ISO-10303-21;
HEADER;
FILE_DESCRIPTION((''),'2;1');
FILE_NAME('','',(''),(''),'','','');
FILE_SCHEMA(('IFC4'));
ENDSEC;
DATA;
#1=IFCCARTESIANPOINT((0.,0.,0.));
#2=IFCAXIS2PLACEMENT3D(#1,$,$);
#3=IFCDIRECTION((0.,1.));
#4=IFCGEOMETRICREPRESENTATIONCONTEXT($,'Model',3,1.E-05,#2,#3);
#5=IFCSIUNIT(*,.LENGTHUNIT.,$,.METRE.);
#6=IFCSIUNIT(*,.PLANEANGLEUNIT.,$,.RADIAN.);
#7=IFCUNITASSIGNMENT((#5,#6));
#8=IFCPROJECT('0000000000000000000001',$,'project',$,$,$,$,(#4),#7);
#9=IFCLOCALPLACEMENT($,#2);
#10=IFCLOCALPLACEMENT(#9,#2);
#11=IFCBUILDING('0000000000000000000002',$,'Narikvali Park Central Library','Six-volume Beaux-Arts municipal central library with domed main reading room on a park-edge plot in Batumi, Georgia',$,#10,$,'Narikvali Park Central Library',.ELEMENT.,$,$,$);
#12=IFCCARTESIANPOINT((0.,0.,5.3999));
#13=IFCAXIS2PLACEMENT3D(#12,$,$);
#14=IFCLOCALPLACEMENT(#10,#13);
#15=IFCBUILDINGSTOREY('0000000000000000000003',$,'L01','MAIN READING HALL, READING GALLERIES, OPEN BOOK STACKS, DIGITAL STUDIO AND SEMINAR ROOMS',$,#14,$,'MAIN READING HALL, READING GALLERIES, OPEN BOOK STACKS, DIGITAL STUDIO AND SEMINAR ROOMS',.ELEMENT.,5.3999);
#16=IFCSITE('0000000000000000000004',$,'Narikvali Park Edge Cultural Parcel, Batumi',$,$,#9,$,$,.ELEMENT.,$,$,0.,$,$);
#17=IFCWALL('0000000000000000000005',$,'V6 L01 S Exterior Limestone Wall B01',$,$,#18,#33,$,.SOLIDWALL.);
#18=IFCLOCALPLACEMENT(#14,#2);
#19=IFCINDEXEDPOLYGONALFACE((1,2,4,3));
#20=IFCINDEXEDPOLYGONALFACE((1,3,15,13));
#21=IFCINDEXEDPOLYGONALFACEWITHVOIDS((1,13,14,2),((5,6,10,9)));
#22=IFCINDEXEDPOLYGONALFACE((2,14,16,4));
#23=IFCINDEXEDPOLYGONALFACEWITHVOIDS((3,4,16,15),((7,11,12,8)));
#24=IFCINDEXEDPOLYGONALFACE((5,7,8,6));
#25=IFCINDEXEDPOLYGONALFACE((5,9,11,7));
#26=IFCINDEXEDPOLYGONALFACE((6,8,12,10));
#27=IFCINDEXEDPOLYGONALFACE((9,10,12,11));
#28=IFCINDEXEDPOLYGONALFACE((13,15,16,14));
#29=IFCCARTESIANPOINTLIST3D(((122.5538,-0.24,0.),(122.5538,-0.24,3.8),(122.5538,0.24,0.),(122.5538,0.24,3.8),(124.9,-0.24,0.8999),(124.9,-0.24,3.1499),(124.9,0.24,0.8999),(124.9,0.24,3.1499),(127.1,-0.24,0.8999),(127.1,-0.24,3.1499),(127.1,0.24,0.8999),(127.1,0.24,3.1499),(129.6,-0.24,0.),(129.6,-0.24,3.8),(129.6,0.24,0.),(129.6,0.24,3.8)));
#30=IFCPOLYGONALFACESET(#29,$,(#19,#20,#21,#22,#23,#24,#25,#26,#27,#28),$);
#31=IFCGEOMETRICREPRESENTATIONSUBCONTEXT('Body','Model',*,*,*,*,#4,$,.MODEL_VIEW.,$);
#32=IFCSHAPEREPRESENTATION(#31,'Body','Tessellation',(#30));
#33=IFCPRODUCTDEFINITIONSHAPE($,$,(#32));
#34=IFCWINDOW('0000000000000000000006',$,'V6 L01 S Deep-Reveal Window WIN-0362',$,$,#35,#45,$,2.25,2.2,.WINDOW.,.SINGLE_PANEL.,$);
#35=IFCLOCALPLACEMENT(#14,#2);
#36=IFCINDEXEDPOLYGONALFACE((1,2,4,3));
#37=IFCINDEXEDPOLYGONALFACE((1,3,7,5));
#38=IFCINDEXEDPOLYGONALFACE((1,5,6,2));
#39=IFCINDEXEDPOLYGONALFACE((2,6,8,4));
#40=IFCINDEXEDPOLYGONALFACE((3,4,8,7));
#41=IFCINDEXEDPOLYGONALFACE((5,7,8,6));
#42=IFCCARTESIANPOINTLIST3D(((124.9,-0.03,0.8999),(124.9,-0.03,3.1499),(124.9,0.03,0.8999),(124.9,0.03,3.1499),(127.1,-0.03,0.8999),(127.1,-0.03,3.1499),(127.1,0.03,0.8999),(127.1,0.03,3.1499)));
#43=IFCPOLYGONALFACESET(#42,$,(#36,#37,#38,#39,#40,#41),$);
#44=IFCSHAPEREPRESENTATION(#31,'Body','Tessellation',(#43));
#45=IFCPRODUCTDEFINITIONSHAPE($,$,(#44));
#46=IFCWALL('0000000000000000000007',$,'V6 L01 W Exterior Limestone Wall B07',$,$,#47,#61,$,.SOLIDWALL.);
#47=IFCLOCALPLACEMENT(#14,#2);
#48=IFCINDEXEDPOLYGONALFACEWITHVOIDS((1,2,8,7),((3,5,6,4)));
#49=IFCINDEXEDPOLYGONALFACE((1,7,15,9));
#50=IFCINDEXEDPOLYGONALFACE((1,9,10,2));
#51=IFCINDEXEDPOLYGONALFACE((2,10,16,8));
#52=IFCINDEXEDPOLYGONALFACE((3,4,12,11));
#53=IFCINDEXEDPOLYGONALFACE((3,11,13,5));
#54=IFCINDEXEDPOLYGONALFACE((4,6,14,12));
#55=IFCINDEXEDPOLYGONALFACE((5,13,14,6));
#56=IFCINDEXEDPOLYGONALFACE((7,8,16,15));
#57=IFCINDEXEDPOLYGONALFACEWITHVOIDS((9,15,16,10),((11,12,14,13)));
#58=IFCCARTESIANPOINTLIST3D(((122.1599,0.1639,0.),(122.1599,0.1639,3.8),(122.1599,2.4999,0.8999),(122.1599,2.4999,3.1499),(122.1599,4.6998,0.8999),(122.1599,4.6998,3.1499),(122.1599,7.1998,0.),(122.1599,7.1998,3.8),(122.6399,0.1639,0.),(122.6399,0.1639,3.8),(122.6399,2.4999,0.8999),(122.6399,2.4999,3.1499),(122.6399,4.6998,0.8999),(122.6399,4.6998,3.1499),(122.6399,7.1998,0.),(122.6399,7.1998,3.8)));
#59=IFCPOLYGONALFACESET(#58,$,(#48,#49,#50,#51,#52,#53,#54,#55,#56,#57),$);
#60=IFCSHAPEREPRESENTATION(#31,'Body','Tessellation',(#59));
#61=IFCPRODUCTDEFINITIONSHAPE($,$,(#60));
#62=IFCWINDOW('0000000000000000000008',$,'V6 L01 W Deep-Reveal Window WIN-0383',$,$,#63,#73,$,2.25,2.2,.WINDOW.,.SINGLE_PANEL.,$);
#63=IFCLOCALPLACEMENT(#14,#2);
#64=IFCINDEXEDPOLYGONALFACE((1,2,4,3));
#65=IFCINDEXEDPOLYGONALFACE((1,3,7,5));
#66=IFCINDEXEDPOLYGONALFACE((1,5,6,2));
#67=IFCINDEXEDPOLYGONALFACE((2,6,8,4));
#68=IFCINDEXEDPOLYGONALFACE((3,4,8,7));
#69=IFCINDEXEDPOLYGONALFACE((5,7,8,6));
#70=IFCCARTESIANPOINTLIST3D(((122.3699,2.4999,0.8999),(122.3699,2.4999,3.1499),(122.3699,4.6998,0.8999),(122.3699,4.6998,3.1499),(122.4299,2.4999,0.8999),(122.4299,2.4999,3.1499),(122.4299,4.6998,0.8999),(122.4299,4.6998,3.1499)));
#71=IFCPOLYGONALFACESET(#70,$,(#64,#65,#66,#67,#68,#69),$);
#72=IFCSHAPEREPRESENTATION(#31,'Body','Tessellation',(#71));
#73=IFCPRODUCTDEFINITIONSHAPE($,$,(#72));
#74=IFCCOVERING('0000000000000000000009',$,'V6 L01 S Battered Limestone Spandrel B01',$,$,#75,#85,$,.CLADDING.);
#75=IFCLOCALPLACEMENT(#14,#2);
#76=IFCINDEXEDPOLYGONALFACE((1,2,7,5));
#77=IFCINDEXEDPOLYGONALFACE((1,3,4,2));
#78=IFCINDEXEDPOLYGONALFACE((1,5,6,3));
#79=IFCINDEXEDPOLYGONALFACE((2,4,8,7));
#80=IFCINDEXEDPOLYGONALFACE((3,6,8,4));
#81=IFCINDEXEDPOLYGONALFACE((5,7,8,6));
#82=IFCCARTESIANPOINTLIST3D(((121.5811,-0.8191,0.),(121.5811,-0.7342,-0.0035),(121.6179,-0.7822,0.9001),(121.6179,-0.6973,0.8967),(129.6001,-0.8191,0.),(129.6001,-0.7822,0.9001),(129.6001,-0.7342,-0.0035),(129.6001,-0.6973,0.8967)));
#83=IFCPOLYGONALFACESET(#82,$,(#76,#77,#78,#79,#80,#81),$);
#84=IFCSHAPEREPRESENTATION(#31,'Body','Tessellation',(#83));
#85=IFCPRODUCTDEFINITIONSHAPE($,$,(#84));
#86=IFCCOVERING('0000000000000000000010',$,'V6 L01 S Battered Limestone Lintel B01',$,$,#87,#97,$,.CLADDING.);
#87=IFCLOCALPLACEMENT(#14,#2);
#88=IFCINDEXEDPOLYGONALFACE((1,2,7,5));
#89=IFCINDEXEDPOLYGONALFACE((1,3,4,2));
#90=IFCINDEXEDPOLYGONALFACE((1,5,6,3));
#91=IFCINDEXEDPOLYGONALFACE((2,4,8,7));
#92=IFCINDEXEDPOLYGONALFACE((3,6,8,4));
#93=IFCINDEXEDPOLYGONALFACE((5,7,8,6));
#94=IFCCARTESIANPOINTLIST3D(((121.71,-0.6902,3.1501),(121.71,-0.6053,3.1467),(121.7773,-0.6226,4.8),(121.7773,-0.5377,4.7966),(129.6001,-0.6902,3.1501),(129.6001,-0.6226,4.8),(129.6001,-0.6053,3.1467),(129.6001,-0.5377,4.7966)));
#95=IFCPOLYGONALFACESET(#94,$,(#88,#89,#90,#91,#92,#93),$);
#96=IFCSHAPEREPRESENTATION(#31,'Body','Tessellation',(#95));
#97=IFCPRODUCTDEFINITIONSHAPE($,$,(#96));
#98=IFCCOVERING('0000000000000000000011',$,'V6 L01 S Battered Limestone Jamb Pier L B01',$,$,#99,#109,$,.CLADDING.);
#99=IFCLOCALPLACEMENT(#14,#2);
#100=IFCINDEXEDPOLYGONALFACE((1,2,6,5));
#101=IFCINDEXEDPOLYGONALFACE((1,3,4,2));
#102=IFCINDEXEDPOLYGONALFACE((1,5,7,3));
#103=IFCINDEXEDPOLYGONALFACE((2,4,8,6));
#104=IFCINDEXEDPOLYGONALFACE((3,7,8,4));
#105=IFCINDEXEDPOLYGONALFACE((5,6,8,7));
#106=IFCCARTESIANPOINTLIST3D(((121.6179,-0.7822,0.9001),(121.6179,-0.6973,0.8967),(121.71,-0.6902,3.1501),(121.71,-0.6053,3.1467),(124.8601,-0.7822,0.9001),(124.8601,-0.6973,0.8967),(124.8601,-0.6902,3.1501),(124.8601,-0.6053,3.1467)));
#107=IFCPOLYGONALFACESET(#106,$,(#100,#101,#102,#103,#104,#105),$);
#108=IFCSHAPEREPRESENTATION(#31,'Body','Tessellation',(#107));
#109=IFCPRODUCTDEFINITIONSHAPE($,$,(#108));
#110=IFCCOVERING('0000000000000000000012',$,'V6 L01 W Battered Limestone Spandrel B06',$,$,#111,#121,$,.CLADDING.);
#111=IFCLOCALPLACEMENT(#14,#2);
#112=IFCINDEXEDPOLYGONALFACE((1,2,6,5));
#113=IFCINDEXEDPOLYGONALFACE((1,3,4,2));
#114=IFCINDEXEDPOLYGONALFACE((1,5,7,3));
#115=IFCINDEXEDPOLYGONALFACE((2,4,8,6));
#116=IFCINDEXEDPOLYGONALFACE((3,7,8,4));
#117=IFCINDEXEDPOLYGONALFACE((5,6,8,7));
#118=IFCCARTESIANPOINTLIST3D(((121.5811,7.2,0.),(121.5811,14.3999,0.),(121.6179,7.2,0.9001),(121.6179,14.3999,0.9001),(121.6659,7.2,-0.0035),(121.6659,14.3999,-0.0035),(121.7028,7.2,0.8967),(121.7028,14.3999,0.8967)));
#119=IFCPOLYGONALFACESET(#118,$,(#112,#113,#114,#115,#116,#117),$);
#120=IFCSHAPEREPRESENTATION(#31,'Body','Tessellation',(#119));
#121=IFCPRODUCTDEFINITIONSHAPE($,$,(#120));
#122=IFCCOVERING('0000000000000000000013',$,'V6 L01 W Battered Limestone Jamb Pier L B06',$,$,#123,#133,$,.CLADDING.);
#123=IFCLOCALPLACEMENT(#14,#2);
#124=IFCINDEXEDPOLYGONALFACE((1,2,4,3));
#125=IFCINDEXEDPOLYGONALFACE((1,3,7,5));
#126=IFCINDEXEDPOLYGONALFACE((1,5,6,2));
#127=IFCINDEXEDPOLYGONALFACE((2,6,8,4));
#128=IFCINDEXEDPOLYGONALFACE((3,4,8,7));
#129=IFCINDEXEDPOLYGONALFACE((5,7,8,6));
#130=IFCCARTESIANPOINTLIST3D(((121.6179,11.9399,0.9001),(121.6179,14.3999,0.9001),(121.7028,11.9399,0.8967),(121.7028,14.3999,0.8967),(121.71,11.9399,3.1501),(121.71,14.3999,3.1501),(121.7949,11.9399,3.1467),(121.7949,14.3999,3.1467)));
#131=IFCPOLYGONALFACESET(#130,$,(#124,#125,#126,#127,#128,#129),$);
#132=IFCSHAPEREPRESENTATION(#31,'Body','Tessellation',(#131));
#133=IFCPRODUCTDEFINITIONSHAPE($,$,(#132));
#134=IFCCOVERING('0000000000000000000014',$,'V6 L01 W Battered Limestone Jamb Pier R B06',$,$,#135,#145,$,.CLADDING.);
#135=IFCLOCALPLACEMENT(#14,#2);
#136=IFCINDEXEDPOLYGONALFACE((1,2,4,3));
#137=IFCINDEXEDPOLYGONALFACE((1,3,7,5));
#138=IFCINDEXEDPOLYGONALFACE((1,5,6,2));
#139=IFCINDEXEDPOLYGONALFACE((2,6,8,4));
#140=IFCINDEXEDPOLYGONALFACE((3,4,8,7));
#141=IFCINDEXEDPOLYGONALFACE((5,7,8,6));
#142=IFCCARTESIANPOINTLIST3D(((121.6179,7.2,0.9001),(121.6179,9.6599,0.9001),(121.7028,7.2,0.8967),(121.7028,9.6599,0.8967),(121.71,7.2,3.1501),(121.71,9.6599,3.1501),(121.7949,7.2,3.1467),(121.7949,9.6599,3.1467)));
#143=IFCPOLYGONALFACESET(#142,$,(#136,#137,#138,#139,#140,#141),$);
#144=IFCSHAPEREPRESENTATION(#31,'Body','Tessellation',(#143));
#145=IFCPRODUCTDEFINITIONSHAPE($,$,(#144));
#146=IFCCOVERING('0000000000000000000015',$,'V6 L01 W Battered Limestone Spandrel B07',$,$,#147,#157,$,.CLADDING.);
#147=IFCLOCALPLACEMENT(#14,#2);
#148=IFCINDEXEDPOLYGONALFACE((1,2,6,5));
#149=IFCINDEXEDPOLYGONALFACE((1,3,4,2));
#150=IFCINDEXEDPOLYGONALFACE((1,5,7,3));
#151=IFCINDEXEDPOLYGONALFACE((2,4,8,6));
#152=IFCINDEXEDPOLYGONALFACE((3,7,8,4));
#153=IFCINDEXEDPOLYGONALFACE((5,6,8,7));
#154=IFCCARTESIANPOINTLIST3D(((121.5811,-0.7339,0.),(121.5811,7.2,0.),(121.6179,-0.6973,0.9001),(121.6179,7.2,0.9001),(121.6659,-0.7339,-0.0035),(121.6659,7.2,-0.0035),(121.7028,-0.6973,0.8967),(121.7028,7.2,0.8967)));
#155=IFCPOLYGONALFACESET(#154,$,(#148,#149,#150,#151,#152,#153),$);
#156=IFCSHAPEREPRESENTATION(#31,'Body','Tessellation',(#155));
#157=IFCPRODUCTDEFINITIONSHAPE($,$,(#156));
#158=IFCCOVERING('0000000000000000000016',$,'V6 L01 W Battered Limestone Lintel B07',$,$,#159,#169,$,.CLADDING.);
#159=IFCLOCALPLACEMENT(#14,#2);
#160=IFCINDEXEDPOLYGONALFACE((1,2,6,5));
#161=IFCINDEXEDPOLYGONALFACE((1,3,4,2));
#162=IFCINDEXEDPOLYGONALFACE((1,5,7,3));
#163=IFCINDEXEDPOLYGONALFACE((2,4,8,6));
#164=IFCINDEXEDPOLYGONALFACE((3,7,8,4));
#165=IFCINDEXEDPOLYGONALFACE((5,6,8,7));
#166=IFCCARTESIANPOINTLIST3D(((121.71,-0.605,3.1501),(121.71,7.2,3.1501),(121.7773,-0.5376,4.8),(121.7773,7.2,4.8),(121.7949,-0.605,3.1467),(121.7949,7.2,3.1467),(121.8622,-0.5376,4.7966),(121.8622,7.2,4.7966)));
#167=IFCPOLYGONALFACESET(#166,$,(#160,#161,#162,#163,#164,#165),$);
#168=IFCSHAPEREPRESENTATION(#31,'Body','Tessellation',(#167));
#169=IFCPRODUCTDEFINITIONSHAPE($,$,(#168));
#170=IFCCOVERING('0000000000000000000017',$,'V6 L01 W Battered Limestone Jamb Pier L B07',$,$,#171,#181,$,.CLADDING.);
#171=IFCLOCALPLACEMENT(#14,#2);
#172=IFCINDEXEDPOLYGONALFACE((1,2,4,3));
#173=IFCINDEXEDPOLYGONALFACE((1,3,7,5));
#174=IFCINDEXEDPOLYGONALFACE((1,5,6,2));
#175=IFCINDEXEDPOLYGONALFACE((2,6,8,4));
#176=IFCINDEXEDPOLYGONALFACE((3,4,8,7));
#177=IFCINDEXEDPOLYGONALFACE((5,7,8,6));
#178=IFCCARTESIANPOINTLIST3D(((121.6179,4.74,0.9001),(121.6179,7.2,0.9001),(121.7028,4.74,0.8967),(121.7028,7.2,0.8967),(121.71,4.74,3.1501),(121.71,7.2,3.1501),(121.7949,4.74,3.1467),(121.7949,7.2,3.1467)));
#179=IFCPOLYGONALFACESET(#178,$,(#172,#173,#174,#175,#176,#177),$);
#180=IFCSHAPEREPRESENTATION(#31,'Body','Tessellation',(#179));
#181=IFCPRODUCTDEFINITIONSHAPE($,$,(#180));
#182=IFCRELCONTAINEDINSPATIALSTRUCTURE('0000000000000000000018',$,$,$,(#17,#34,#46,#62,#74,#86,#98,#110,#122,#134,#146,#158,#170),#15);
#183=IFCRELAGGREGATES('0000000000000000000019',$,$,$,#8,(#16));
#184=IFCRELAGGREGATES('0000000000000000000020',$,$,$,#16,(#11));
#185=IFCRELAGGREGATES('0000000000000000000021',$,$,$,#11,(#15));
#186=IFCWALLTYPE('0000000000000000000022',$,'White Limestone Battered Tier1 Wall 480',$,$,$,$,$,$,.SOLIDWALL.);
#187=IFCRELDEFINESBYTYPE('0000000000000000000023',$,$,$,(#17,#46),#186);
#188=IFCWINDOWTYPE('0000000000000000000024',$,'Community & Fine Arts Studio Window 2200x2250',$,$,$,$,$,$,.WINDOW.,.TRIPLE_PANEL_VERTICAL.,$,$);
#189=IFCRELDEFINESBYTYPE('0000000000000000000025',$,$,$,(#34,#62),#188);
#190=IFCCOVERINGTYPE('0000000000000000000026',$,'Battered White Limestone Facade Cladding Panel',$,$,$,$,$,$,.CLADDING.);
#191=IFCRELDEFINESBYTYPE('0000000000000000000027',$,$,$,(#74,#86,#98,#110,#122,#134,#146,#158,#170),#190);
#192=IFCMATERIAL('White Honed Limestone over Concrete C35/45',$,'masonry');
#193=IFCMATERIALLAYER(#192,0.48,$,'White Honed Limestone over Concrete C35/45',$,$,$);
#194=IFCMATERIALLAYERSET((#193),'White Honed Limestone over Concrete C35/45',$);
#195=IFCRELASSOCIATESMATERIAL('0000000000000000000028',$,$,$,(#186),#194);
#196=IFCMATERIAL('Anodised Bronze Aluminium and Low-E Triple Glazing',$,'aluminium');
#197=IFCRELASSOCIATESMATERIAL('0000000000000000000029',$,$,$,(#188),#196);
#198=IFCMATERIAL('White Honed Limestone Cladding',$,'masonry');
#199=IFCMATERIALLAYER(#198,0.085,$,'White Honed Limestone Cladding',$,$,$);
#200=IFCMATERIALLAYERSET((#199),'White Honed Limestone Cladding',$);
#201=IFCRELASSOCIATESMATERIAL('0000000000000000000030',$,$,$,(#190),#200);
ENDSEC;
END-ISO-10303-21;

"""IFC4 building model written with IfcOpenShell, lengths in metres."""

from ifc_helpers import new_model, si_unit, direction, frame, frame_2d, origin, place, context, subcontext, project, spatial, polyline, rectangle, outline, extrude, material, layer, layer_set, type_object, element, fill, save


model = new_model("IFC4")

# Units and contexts
model_context = context("Model", 3, precision=1e-05, world=origin(), true_north=direction((0.0, 1.0)))
body_context = subcontext(model_context, "Body", "Model", "MODEL_VIEW")
ifc_project = project(units=[si_unit("LENGTHUNIT", "METRE"), si_unit("PLANEANGLEUNIT", "RADIAN")], contexts=[model_context])

# Site, building, storey
site_placement = place(None, origin())
site = spatial("IfcSite", under=ifc_project, at=site_placement, Name="Narikvali Park Edge Cultural Parcel, Batumi", CompositionType="ELEMENT", RefElevation=0.0)
building_placement = place(site_placement, origin())
building = spatial("IfcBuilding", under=site, at=building_placement, Name="Narikvali Park Central Library", Description="Six-volume Beaux-Arts municipal central library with domed main reading room on a park-edge plot in Batumi, Georgia", LongName="Narikvali Park Central Library", CompositionType="ELEMENT")
storey_placement = place(building_placement, frame((0.0, 0.0, 5.3999)))
storey = spatial("IfcBuildingStorey", under=building, at=storey_placement, Name="L01", Description="MAIN READING HALL, READING GALLERIES, OPEN BOOK STACKS, DIGITAL STUDIO AND SEMINAR ROOMS", LongName="MAIN READING HALL, READING GALLERIES, OPEN BOOK STACKS, DIGITAL STUDIO AND SEMINAR ROOMS", CompositionType="ELEMENT", Elevation=5.3999)

# Walls, openings, windows
ifc_material_1 = material(Name="White Honed Limestone over Concrete C35/45", Category="masonry")
ifc_layer_1 = layer(ifc_material_1, 0.48, Name="White Honed Limestone over Concrete C35/45")
ifc_layer_set_1 = layer_set([ifc_layer_1], Name="White Honed Limestone over Concrete C35/45")
wall_type = type_object("IfcWallType", Name="White Limestone Battered Tier1 Wall 480", PredefinedType="SOLIDWALL", material=ifc_layer_set_1)
wall_1_placement = place(storey_placement, frame((122.554, 0.0, 0.0), z_axis=(0.0, 0.0, 1.0), x_axis=(1.0, 0.0, 0.0)))
wall_1 = element("IfcWall", 1, at=wall_1_placement, inside=storey, type_object=wall_type, Name="V6 L01 S Exterior Limestone Wall B01", PredefinedType="SOLIDWALL", context=body_context, shape_type="SweptSolid", body=[
    extrude(rectangle(XDim=7.0461, YDim=0.48, at=frame_2d((3.5229, 0.0))), origin(), (0.0, 0.0, 1.0), 3.8),
])
opening_1_placement = place(wall_1_placement, frame((2.3459, 0.0, 0.8999)))
opening_1 = element("IfcOpeningElement", 2, at=opening_1_placement, cuts=wall_1, PredefinedType="OPENING", context=body_context, shape_type="SweptSolid", body=[
    extrude(rectangle(XDim=2.2, YDim=2.25, at=frame_2d((1.1001, 1.125))), frame((0.0, 0.252, 0.0), z_axis=(0.0, -1.0, 0.0), x_axis=(1.0, 0.0, 0.0)), (0.0, 0.0, 1.0), 0.5039),
])
ifc_material_2 = material(Name="Anodised Bronze Aluminium and Low-E Triple Glazing", Category="aluminium")
window_type = type_object("IfcWindowType", Name="Community & Fine Arts Studio Window 2200x2250", PartitioningType="TRIPLE_PANEL_VERTICAL", PredefinedType="WINDOW", material=ifc_material_2)
window_1_placement = place(opening_1_placement, origin())
window_1 = element("IfcWindow", 3, at=window_1_placement, inside=storey, type_object=window_type, Name="V6 L01 S Deep-Reveal Window WIN-0362", OverallHeight=2.25, OverallWidth=2.2, PartitioningType="SINGLE_PANEL", PredefinedType="WINDOW", context=body_context, shape_type="SweptSolid", body=[
    extrude(rectangle(XDim=2.2, YDim=2.25, at=frame_2d((1.1001, 1.125))), frame((0.0, 0.03, 0.0), z_axis=(0.0, -1.0, 0.0), x_axis=(1.0, 0.0, 0.0)), (0.0, 0.0, 1.0), 0.0601),
])
fill(opening_1, window_1)
wall_2_placement = place(storey_placement, frame((122.3999, 7.2, 0.0), z_axis=(0.0, 0.0, 1.0), x_axis=(0.0, -1.0, 0.0)))
wall_2 = element("IfcWall", 4, at=wall_2_placement, inside=storey, type_object=wall_type, Name="V6 L01 W Exterior Limestone Wall B07", PredefinedType="SOLIDWALL", context=body_context, shape_type="SweptSolid", body=[
    extrude(rectangle(XDim=7.0359, YDim=0.48, at=frame_2d((3.5181, 0.0))), origin(), (0.0, 0.0, 1.0), 3.8),
])
opening_2_placement = place(wall_2_placement, frame((2.5, 0.0, 0.8999)))
opening_2 = element("IfcOpeningElement", 5, at=opening_2_placement, cuts=wall_2, PredefinedType="OPENING", context=body_context, shape_type="SweptSolid", body=[
    extrude(rectangle(XDim=2.2, YDim=2.25, at=frame_2d((1.1001, 1.125))), frame((0.0, 0.252, 0.0), z_axis=(0.0, -1.0, 0.0), x_axis=(1.0, 0.0, 0.0)), (0.0, 0.0, 1.0), 0.5039),
])
window_2_placement = place(opening_2_placement, origin())
window_2 = element("IfcWindow", 6, at=window_2_placement, inside=storey, type_object=window_type, Name="V6 L01 W Deep-Reveal Window WIN-0383", OverallHeight=2.25, OverallWidth=2.2, PartitioningType="SINGLE_PANEL", PredefinedType="WINDOW", context=body_context, shape_type="SweptSolid", body=[
    extrude(rectangle(XDim=2.2, YDim=2.25, at=frame_2d((1.1001, 1.125))), frame((0.0, 0.03, 0.0), z_axis=(0.0, -1.0, 0.0), x_axis=(1.0, 0.0, 0.0)), (0.0, 0.0, 1.0), 0.0601),
])
fill(opening_2, window_2)

# Coverings
ifc_material_3 = material(Name="White Honed Limestone Cladding", Category="masonry")
ifc_layer_2 = layer(ifc_material_3, 0.085, Name="White Honed Limestone Cladding")
ifc_layer_set_2 = layer_set([ifc_layer_2], Name="White Honed Limestone Cladding")
covering_type = type_object("IfcCoveringType", Name="Battered White Limestone Facade Cladding Panel", PredefinedType="CLADDING", material=ifc_layer_set_2)
covering_1_placement = place(storey_placement, frame((121.5811, -0.8191, 0.0), z_axis=(0.0, -0.999162, 0.04092), x_axis=(1.0, 0.0, 0.0)))
element("IfcCovering", 7, at=covering_1_placement, inside=storey, type_object=covering_type, Name="V6 L01 S Battered Limestone Spandrel B01", PredefinedType="CLADDING", context=body_context, shape_type="SweptSolid", body=[
    extrude(outline(polyline([(0.0, 0.0), (8.019, 0.0), (8.019, 0.9009), (0.0369, 0.9009), (0.0, 0.0)])), origin(), (0.0, 0.0, -1.0), 0.085),
])
covering_2_placement = place(storey_placement, frame((121.71, -0.6902, 3.1501), z_axis=(0.0, -0.999161, 0.040954), x_axis=(1.0, 0.0, 0.0)))
element("IfcCovering", 8, at=covering_2_placement, inside=storey, type_object=covering_type, Name="V6 L01 S Battered Limestone Lintel B01", PredefinedType="CLADDING", context=body_context, shape_type="SweptSolid", body=[
    extrude(outline(polyline([(0.0, 0.0), (7.8901, 0.0), (7.8901, 1.6513), (0.0674, 1.6513), (0.0, 0.0)])), origin(), (0.0, 0.0, -1.0), 0.085),
])
covering_3_placement = place(storey_placement, frame((121.6179, -0.7822, 0.9001), z_axis=(0.0, -0.999164, 0.040873), x_axis=(1.0, 0.0, 0.0)))
element("IfcCovering", 9, at=covering_3_placement, inside=storey, type_object=covering_type, Name="V6 L01 S Battered Limestone Jamb Pier L B01", PredefinedType="CLADDING", context=body_context, shape_type="SweptSolid", body=[
    extrude(outline(polyline([(0.0, 0.0), (3.2422, 0.0), (3.2422, 2.2519), (0.092, 2.2519), (0.0, 0.0)])), origin(), (0.0, 0.0, -1.0), 0.085),
])
covering_4_placement = place(storey_placement, frame((121.5811, 14.3999, 0.0), z_axis=(-0.999162, 0.0, 0.04092), x_axis=(0.0, -1.0, 0.0)))
element("IfcCovering", 10, at=covering_4_placement, inside=storey, type_object=covering_type, Name="V6 L01 W Battered Limestone Spandrel B06", PredefinedType="CLADDING", context=body_context, shape_type="SweptSolid", body=[
    extrude(outline(polyline([(0.0, 0.0), (7.2, 0.0), (7.2, 0.9009), (0.0, 0.9009), (0.0, 0.0)])), origin(), (0.0, 0.0, -1.0), 0.085),
])
for number, where, z_axis, x_axis, name in (
    (11, (121.6179, 14.3999, 0.9001), (-0.999164, 0.0, 0.040873), (0.0, -1.0, 0.0), "V6 L01 W Battered Limestone Jamb Pier L B06"),
    (12, (121.6179, 9.6599, 0.9001), (-0.999164, 0.0, 0.040873), (0.0, -1.0, 0.0), "V6 L01 W Battered Limestone Jamb Pier R B06"),
):
    element("IfcCovering", number, at=place(storey_placement, frame(where, z_axis=z_axis, x_axis=x_axis)), inside=storey, type_object=covering_type, Name=name, PredefinedType="CLADDING", context=body_context, shape_type="SweptSolid", body=[
        extrude(outline(polyline([(0.0, 0.0), (2.46, 0.0), (2.46, 2.2519), (0.0, 2.2519), (0.0, 0.0)])), origin(), (0.0, 0.0, -1.0), 0.085),
    ])
covering_5_placement = place(storey_placement, frame((121.5811, 7.2, 0.0), z_axis=(-0.999162, 0.0, 0.04092), x_axis=(0.0, -1.0, 0.0)))
element("IfcCovering", 13, at=covering_5_placement, inside=storey, type_object=covering_type, Name="V6 L01 W Battered Limestone Spandrel B07", PredefinedType="CLADDING", context=body_context, shape_type="SweptSolid", body=[
    extrude(outline(polyline([(0.0, 0.0), (7.9338, 0.0), (7.8972, 0.9009), (0.0, 0.9009), (0.0, 0.0)])), origin(), (0.0, 0.0, -1.0), 0.085),
])
covering_6_placement = place(storey_placement, frame((121.71, 7.2, 3.1501), z_axis=(-0.999167, 0.0, 0.040806), x_axis=(0.0, -1.0, 0.0)))
element("IfcCovering", 14, at=covering_6_placement, inside=storey, type_object=covering_type, Name="V6 L01 W Battered Limestone Lintel B07", PredefinedType="CLADDING", context=body_context, shape_type="SweptSolid", body=[
    extrude(outline(polyline([(0.0, 0.0), (7.8049, 0.0), (7.7375, 1.6513), (0.0, 1.6513), (0.0, 0.0)])), origin(), (0.0, 0.0, -1.0), 0.085),
])
covering_7_placement = place(storey_placement, frame((121.6179, 7.2, 0.9001), z_axis=(-0.999164, 0.0, 0.040873), x_axis=(0.0, -1.0, 0.0)))
element("IfcCovering", 15, at=covering_7_placement, inside=storey, type_object=covering_type, Name="V6 L01 W Battered Limestone Jamb Pier L B07", PredefinedType="CLADDING", context=body_context, shape_type="SweptSolid", body=[
    extrude(outline(polyline([(0.0, 0.0), (2.46, 0.0), (2.46, 2.2519), (0.0, 2.2519), (0.0, 0.0)])), origin(), (0.0, 0.0, -1.0), 0.085),
])

save(model, "model.ifc")
